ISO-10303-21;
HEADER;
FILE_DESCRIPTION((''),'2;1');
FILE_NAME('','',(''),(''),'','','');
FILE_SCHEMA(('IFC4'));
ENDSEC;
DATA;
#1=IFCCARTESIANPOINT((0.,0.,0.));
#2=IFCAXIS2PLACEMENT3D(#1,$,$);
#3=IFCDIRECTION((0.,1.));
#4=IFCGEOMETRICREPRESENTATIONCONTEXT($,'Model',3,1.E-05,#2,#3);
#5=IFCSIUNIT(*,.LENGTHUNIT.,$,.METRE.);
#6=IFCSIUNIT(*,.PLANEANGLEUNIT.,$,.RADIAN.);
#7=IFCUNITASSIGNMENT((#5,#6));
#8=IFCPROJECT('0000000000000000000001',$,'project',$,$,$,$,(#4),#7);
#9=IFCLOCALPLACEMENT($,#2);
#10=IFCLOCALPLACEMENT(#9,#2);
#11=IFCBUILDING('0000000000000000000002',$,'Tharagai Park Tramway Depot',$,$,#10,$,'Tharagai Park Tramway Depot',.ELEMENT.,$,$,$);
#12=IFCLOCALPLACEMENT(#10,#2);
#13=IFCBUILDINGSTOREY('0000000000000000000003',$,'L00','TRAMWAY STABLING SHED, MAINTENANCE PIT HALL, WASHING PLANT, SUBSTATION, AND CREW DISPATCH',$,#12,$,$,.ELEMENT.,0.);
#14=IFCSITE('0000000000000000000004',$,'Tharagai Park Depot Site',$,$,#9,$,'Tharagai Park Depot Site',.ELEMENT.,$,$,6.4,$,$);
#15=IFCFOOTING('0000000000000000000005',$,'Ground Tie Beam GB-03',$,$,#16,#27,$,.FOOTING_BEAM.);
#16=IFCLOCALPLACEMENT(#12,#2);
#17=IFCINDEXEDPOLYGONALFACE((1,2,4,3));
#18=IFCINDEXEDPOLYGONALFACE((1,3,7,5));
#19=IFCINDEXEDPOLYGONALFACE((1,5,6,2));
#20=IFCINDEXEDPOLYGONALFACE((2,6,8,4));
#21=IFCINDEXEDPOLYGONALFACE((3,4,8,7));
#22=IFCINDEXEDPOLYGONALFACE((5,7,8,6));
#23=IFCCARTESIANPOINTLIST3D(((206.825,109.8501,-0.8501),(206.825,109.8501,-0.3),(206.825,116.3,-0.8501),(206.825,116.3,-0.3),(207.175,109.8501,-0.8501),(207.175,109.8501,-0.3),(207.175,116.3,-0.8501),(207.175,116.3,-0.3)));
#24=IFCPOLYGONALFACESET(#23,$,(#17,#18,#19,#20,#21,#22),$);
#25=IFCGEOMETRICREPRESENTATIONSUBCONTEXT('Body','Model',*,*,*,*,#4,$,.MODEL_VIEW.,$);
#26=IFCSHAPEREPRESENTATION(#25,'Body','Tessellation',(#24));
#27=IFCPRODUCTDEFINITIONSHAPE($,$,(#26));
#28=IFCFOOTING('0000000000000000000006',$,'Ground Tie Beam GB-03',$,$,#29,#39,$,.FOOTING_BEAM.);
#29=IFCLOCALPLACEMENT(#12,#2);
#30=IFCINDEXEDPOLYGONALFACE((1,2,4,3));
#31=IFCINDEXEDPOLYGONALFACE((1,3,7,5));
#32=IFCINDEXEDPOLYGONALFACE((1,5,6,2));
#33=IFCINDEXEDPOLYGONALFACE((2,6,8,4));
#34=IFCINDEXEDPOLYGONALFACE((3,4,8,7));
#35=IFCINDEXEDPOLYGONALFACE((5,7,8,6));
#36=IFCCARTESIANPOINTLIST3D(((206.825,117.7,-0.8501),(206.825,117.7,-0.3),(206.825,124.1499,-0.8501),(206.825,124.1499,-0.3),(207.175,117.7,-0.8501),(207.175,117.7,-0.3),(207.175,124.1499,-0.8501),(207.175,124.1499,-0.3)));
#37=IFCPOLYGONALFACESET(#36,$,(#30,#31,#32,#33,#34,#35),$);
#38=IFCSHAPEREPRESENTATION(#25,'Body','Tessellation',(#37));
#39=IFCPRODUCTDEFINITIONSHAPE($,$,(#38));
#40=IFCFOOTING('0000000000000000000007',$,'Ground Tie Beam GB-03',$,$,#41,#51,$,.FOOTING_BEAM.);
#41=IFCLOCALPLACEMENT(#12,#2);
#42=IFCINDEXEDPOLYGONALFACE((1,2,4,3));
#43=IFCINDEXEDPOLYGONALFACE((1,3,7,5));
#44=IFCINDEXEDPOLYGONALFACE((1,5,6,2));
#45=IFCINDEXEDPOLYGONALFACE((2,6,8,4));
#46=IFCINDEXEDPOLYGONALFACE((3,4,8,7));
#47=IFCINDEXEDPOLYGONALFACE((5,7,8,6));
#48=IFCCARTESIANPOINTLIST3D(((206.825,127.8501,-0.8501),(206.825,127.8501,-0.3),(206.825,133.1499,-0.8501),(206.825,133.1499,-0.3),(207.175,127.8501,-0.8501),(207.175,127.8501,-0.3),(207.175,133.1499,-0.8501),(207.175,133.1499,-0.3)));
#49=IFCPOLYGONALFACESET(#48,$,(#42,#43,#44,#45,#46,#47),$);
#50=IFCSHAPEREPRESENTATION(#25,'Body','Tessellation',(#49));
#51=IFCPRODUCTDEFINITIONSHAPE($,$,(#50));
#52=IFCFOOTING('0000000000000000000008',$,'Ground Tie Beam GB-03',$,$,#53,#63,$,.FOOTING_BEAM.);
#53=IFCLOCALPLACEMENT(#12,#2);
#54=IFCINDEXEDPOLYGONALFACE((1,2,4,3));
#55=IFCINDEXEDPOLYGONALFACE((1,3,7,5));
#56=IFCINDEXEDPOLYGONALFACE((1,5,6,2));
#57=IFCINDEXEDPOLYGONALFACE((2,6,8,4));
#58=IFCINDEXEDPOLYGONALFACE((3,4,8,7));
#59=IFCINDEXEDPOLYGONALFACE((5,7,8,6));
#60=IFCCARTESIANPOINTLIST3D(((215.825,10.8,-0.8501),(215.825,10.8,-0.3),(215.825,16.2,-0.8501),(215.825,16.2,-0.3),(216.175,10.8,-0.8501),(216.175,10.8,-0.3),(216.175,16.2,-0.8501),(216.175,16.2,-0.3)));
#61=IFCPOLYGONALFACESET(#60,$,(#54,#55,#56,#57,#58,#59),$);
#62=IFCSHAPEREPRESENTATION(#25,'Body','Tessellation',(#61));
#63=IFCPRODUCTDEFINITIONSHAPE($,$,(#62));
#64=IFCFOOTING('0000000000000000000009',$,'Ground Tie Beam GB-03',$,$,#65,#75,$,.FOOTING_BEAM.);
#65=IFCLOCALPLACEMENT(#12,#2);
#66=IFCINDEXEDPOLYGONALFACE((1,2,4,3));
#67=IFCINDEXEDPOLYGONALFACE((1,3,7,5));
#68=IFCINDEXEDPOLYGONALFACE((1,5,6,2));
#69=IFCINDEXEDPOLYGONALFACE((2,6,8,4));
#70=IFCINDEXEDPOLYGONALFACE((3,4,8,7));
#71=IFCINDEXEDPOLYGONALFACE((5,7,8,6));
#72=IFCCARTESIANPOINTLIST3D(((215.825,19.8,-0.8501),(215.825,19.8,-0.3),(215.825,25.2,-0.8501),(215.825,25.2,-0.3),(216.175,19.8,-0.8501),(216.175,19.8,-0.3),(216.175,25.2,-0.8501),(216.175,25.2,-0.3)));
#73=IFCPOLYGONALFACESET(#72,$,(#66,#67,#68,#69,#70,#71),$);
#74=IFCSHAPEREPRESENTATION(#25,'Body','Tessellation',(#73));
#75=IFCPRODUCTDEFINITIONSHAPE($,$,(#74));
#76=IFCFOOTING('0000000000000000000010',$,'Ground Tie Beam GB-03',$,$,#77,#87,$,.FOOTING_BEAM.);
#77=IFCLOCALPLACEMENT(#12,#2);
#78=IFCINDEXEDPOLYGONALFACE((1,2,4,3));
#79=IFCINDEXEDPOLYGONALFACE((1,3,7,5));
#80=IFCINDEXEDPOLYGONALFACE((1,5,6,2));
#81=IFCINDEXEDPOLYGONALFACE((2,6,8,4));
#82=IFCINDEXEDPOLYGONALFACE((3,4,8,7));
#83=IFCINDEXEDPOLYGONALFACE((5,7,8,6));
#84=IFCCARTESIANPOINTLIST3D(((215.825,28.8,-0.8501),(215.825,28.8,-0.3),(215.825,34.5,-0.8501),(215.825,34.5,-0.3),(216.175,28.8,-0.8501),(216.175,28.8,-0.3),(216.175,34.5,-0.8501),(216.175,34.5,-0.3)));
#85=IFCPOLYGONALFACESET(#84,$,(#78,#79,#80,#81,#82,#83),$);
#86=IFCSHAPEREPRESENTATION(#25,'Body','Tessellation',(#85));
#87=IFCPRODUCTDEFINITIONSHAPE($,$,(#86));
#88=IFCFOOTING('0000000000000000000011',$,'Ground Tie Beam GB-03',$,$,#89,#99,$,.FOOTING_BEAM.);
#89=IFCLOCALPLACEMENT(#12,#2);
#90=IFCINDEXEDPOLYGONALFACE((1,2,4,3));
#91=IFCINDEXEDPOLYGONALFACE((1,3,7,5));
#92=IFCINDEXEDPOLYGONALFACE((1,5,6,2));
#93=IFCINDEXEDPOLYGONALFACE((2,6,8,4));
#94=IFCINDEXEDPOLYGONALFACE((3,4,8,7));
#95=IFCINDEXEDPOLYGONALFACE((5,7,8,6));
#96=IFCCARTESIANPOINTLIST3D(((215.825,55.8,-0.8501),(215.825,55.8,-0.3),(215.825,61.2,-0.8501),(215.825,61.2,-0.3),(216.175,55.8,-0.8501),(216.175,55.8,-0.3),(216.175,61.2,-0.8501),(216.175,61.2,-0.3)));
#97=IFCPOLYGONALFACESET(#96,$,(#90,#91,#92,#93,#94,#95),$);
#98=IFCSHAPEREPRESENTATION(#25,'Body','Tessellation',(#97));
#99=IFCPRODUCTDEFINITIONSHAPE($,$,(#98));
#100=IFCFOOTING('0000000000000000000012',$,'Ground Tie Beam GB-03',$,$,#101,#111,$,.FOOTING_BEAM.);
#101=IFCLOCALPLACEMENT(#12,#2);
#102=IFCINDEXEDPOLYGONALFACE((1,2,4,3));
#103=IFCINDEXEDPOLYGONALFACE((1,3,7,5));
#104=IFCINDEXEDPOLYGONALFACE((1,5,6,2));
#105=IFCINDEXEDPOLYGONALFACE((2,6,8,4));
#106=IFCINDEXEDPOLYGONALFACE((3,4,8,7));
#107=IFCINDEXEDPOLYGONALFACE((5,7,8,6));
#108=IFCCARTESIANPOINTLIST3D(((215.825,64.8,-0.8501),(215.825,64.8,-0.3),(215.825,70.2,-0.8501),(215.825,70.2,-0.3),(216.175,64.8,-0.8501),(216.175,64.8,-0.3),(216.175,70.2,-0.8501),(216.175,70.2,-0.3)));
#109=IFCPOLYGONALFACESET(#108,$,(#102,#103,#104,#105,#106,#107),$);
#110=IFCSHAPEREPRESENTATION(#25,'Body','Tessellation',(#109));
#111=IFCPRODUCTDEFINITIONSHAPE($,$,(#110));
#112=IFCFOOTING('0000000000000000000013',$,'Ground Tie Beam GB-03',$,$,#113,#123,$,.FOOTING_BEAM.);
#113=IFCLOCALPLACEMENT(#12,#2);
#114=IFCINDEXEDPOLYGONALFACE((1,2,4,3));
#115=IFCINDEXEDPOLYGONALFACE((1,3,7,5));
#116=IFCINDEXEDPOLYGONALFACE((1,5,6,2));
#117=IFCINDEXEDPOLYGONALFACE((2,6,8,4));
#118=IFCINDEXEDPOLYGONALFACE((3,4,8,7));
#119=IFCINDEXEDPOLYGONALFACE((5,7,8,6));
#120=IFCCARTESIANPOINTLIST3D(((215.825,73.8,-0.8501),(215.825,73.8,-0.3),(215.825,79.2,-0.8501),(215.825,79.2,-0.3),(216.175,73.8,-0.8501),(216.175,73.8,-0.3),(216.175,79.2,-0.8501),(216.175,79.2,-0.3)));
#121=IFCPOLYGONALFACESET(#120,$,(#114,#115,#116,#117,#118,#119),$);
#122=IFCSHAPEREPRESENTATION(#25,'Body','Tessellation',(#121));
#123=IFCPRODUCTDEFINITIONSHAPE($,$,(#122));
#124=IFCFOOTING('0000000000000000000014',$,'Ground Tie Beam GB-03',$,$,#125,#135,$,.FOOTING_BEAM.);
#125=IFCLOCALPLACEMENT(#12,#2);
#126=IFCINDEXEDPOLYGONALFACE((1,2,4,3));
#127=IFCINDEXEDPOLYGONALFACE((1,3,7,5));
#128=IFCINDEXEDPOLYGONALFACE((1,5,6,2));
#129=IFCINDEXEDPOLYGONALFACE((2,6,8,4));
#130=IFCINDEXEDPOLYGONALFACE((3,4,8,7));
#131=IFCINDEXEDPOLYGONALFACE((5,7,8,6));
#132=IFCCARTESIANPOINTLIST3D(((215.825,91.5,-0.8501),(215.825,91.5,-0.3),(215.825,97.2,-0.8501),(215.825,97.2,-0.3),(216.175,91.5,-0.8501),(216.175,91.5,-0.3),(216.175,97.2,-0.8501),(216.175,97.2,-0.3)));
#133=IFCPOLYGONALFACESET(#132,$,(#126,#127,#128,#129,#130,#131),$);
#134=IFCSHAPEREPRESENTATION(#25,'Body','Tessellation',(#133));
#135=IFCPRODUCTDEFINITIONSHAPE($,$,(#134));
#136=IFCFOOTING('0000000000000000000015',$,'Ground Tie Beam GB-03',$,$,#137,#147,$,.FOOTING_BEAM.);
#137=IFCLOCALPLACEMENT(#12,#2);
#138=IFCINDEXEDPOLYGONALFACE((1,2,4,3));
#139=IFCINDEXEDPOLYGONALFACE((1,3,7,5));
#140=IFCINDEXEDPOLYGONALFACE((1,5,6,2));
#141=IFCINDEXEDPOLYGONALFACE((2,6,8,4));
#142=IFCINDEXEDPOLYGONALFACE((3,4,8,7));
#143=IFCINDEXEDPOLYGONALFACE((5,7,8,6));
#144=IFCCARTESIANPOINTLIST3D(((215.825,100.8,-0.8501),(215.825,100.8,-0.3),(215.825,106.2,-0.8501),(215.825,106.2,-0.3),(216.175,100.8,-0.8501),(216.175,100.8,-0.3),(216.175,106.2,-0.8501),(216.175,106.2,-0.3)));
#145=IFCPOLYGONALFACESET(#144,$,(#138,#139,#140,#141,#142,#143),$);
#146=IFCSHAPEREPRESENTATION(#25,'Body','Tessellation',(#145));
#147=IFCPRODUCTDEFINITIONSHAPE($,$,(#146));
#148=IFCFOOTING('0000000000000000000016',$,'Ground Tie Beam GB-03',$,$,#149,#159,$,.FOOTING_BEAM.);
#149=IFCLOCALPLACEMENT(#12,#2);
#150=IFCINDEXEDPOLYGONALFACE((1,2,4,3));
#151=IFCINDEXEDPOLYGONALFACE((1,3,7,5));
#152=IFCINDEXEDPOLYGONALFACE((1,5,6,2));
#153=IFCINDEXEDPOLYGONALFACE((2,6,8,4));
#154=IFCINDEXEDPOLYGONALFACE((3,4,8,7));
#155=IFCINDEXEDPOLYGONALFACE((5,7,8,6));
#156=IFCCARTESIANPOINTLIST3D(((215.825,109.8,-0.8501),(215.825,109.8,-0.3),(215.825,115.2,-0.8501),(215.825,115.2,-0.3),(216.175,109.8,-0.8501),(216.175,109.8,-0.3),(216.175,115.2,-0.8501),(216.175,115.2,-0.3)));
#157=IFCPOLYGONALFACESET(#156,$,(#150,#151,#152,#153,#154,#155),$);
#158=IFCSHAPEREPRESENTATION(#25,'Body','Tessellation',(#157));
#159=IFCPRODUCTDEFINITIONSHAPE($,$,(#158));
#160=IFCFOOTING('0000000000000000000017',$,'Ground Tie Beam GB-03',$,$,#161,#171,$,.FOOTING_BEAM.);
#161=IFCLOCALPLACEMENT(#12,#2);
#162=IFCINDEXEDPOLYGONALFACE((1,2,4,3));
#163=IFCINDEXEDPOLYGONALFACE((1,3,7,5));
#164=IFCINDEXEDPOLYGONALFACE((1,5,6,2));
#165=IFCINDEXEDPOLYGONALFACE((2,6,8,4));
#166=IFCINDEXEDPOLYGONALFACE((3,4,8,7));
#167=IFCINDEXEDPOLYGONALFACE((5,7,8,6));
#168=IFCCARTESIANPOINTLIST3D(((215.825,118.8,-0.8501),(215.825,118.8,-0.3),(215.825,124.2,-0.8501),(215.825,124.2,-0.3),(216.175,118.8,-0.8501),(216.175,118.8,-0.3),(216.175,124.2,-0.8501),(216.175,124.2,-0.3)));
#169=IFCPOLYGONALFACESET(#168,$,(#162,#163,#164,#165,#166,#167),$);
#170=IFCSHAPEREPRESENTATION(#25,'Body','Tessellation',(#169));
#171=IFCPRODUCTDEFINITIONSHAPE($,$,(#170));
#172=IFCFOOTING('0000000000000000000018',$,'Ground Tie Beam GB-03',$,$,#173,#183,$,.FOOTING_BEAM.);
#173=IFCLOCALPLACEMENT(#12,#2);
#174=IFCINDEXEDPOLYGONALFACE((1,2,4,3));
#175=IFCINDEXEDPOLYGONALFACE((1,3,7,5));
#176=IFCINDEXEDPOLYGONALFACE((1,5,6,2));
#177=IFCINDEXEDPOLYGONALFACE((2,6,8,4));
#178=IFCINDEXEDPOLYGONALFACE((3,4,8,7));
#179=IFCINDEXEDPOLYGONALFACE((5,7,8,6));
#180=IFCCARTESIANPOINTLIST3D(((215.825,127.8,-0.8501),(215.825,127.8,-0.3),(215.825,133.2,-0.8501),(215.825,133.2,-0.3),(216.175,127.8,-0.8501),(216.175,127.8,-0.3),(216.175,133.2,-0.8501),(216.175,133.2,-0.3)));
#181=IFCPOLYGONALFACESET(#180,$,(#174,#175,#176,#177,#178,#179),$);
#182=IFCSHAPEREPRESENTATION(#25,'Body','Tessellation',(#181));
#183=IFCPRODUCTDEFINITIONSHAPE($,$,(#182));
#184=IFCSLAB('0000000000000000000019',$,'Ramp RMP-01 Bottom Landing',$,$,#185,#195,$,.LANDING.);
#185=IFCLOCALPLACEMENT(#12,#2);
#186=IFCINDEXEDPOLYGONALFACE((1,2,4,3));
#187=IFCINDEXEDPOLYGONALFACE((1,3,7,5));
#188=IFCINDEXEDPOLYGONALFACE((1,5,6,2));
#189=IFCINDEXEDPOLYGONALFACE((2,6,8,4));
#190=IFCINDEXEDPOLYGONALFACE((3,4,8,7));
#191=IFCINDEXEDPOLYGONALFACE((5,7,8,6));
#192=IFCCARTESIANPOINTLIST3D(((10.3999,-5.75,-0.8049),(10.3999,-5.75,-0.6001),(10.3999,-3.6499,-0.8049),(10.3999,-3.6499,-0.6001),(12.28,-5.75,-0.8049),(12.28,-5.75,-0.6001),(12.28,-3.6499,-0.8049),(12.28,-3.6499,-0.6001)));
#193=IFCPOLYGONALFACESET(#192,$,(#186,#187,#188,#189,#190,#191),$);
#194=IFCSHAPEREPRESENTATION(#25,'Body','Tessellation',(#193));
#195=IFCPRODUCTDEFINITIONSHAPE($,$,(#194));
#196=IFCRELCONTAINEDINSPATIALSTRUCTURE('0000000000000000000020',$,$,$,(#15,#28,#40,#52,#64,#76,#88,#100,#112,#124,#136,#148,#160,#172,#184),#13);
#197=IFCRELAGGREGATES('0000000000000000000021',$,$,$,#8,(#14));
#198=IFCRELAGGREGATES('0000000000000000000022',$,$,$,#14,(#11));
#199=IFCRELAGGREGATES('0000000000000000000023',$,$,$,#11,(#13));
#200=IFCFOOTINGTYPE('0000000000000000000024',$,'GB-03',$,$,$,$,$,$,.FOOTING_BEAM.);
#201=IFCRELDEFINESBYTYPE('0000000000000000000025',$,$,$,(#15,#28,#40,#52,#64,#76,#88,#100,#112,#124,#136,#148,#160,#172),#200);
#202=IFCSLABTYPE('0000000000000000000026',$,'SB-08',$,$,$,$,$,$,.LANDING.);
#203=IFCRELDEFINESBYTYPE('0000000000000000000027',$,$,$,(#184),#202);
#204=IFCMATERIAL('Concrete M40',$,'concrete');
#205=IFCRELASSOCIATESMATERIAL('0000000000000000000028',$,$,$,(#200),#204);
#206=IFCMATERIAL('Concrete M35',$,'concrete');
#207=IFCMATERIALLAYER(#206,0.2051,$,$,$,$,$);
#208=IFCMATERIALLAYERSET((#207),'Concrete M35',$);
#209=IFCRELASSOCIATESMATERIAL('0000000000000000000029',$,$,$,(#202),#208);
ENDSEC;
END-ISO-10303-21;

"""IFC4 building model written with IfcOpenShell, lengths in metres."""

from ifc_helpers import new_model, si_unit, direction, frame, origin, place, context, subcontext, project, spatial, polyline, outline, extrude, material, layer, layer_set, type_object, element, save


model = new_model("IFC4")

# Units and contexts
model_context = context("Model", 3, precision=1e-05, world=origin(), true_north=direction((0.0, 1.0)))
body_context = subcontext(model_context, "Body", "Model", "MODEL_VIEW")
ifc_project = project(units=[si_unit("LENGTHUNIT", "METRE"), si_unit("PLANEANGLEUNIT", "RADIAN")], contexts=[model_context])

# Site, building, storey
site_placement = place(None, origin())
site = spatial("IfcSite", under=ifc_project, at=site_placement, Name="Tharagai Park Depot Site", LongName="Tharagai Park Depot Site", CompositionType="ELEMENT", RefElevation=6.4)
building_placement = place(site_placement, origin())
building = spatial("IfcBuilding", under=site, at=building_placement, Name="Tharagai Park Tramway Depot", LongName="Tharagai Park Tramway Depot", CompositionType="ELEMENT")
storey_placement = place(building_placement, origin())
storey = spatial("IfcBuildingStorey", under=building, at=storey_placement, Name="L00", Description="TRAMWAY STABLING SHED, MAINTENANCE PIT HALL, WASHING PLANT, SUBSTATION, AND CREW DISPATCH", CompositionType="ELEMENT", Elevation=0.0)

# Footings
ifc_material_1 = material(Name="Concrete M40", Category="concrete")
footing_type = type_object("IfcFootingType", Name="GB-03", PredefinedType="FOOTING_BEAM", material=ifc_material_1)
footing_1_placement = place(storey_placement, frame((0.0, 0.0, -0.8501)))
element("IfcFooting", 1, at=footing_1_placement, inside=storey, type_object=footing_type, Name="Ground Tie Beam GB-03", PredefinedType="FOOTING_BEAM", context=body_context, shape_type="SweptSolid", body=[
    extrude(outline(polyline([(206.825, 109.8501), (207.175, 109.8501), (207.175, 116.3), (206.825, 116.3), (206.825, 109.8501)])), origin(), (0.0, 0.0, 1.0), 0.55),
])
footing_2_placement = place(storey_placement, frame((0.0, 0.0, -0.8501)))
element("IfcFooting", 2, at=footing_2_placement, inside=storey, type_object=footing_type, Name="Ground Tie Beam GB-03", PredefinedType="FOOTING_BEAM", context=body_context, shape_type="SweptSolid", body=[
    extrude(outline(polyline([(206.825, 117.7), (207.175, 117.7), (207.175, 124.1499), (206.825, 124.1499), (206.825, 117.7)])), origin(), (0.0, 0.0, 1.0), 0.55),
])
footing_3_placement = place(storey_placement, frame((0.0, 0.0, -0.8501)))
element("IfcFooting", 3, at=footing_3_placement, inside=storey, type_object=footing_type, Name="Ground Tie Beam GB-03", PredefinedType="FOOTING_BEAM", context=body_context, shape_type="SweptSolid", body=[
    extrude(outline(polyline([(206.825, 127.8501), (207.175, 127.8501), (207.175, 133.1499), (206.825, 133.1499), (206.825, 127.8501)])), origin(), (0.0, 0.0, 1.0), 0.55),
])
footing_4_placement = place(storey_placement, frame((0.0, 0.0, -0.8501)))
element("IfcFooting", 4, at=footing_4_placement, inside=storey, type_object=footing_type, Name="Ground Tie Beam GB-03", PredefinedType="FOOTING_BEAM", context=body_context, shape_type="SweptSolid", body=[
    extrude(outline(polyline([(215.825, 10.8), (216.175, 10.8), (216.175, 16.2), (215.825, 16.2), (215.825, 10.8)])), origin(), (0.0, 0.0, 1.0), 0.55),
])
footing_5_placement = place(storey_placement, frame((0.0, 0.0, -0.8501)))
element("IfcFooting", 5, at=footing_5_placement, inside=storey, type_object=footing_type, Name="Ground Tie Beam GB-03", PredefinedType="FOOTING_BEAM", context=body_context, shape_type="SweptSolid", body=[
    extrude(outline(polyline([(215.825, 19.8), (216.175, 19.8), (216.175, 25.2), (215.825, 25.2), (215.825, 19.8)])), origin(), (0.0, 0.0, 1.0), 0.55),
])
footing_6_placement = place(storey_placement, frame((0.0, 0.0, -0.8501)))
element("IfcFooting", 6, at=footing_6_placement, inside=storey, type_object=footing_type, Name="Ground Tie Beam GB-03", PredefinedType="FOOTING_BEAM", context=body_context, shape_type="SweptSolid", body=[
    extrude(outline(polyline([(215.825, 28.8), (216.175, 28.8), (216.175, 34.5), (215.825, 34.5), (215.825, 28.8)])), origin(), (0.0, 0.0, 1.0), 0.55),
])
footing_7_placement = place(storey_placement, frame((0.0, 0.0, -0.8501)))
element("IfcFooting", 7, at=footing_7_placement, inside=storey, type_object=footing_type, Name="Ground Tie Beam GB-03", PredefinedType="FOOTING_BEAM", context=body_context, shape_type="SweptSolid", body=[
    extrude(outline(polyline([(215.825, 55.8), (216.175, 55.8), (216.175, 61.2), (215.825, 61.2), (215.825, 55.8)])), origin(), (0.0, 0.0, 1.0), 0.55),
])
footing_8_placement = place(storey_placement, frame((0.0, 0.0, -0.8501)))
element("IfcFooting", 8, at=footing_8_placement, inside=storey, type_object=footing_type, Name="Ground Tie Beam GB-03", PredefinedType="FOOTING_BEAM", context=body_context, shape_type="SweptSolid", body=[
    extrude(outline(polyline([(215.825, 64.8), (216.175, 64.8), (216.175, 70.2), (215.825, 70.2), (215.825, 64.8)])), origin(), (0.0, 0.0, 1.0), 0.55),
])
footing_9_placement = place(storey_placement, frame((0.0, 0.0, -0.8501)))
element("IfcFooting", 9, at=footing_9_placement, inside=storey, type_object=footing_type, Name="Ground Tie Beam GB-03", PredefinedType="FOOTING_BEAM", context=body_context, shape_type="SweptSolid", body=[
    extrude(outline(polyline([(215.825, 73.8), (216.175, 73.8), (216.175, 79.2), (215.825, 79.2), (215.825, 73.8)])), origin(), (0.0, 0.0, 1.0), 0.55),
])
footing_10_placement = place(storey_placement, frame((0.0, 0.0, -0.8501)))
element("IfcFooting", 10, at=footing_10_placement, inside=storey, type_object=footing_type, Name="Ground Tie Beam GB-03", PredefinedType="FOOTING_BEAM", context=body_context, shape_type="SweptSolid", body=[
    extrude(outline(polyline([(215.825, 91.5), (216.175, 91.5), (216.175, 97.2), (215.825, 97.2), (215.825, 91.5)])), origin(), (0.0, 0.0, 1.0), 0.55),
])
footing_11_placement = place(storey_placement, frame((0.0, 0.0, -0.8501)))
element("IfcFooting", 11, at=footing_11_placement, inside=storey, type_object=footing_type, Name="Ground Tie Beam GB-03", PredefinedType="FOOTING_BEAM", context=body_context, shape_type="SweptSolid", body=[
    extrude(outline(polyline([(215.825, 100.8), (216.175, 100.8), (216.175, 106.2), (215.825, 106.2), (215.825, 100.8)])), origin(), (0.0, 0.0, 1.0), 0.55),
])
footing_12_placement = place(storey_placement, frame((0.0, 0.0, -0.8501)))
element("IfcFooting", 12, at=footing_12_placement, inside=storey, type_object=footing_type, Name="Ground Tie Beam GB-03", PredefinedType="FOOTING_BEAM", context=body_context, shape_type="SweptSolid", body=[
    extrude(outline(polyline([(215.825, 109.8), (216.175, 109.8), (216.175, 115.2), (215.825, 115.2), (215.825, 109.8)])), origin(), (0.0, 0.0, 1.0), 0.55),
])
footing_13_placement = place(storey_placement, frame((0.0, 0.0, -0.8501)))
element("IfcFooting", 13, at=footing_13_placement, inside=storey, type_object=footing_type, Name="Ground Tie Beam GB-03", PredefinedType="FOOTING_BEAM", context=body_context, shape_type="SweptSolid", body=[
    extrude(outline(polyline([(215.825, 118.8), (216.175, 118.8), (216.175, 124.2), (215.825, 124.2), (215.825, 118.8)])), origin(), (0.0, 0.0, 1.0), 0.55),
])
footing_14_placement = place(storey_placement, frame((0.0, 0.0, -0.8501)))
element("IfcFooting", 14, at=footing_14_placement, inside=storey, type_object=footing_type, Name="Ground Tie Beam GB-03", PredefinedType="FOOTING_BEAM", context=body_context, shape_type="SweptSolid", body=[
    extrude(outline(polyline([(215.825, 127.8), (216.175, 127.8), (216.175, 133.2), (215.825, 133.2), (215.825, 127.8)])), origin(), (0.0, 0.0, 1.0), 0.55),
])

# Slab
ifc_material_2 = material(Name="Concrete M35", Category="concrete")
ifc_layer_1 = layer(ifc_material_2, 0.2051)
ifc_layer_set_1 = layer_set([ifc_layer_1], Name="Concrete M35")
slab_type_1 = type_object("IfcSlabType", Name="SB-08", PredefinedType="LANDING", material=ifc_layer_set_1)
slab_1_placement = place(storey_placement, frame((0.0, 0.0, -0.8049)))
element("IfcSlab", 15, at=slab_1_placement, inside=storey, type_object=slab_type_1, Name="Ramp RMP-01 Bottom Landing", PredefinedType="LANDING", context=body_context, shape_type="SweptSolid", body=[
    extrude(outline(polyline([(10.3999, -5.75), (12.28, -5.75), (12.28, -3.6499), (10.3999, -3.6499), (10.3999, -5.75)])), origin(), (0.0, 0.0, 1.0), 0.2048),
])

save(model, "model.ifc")
